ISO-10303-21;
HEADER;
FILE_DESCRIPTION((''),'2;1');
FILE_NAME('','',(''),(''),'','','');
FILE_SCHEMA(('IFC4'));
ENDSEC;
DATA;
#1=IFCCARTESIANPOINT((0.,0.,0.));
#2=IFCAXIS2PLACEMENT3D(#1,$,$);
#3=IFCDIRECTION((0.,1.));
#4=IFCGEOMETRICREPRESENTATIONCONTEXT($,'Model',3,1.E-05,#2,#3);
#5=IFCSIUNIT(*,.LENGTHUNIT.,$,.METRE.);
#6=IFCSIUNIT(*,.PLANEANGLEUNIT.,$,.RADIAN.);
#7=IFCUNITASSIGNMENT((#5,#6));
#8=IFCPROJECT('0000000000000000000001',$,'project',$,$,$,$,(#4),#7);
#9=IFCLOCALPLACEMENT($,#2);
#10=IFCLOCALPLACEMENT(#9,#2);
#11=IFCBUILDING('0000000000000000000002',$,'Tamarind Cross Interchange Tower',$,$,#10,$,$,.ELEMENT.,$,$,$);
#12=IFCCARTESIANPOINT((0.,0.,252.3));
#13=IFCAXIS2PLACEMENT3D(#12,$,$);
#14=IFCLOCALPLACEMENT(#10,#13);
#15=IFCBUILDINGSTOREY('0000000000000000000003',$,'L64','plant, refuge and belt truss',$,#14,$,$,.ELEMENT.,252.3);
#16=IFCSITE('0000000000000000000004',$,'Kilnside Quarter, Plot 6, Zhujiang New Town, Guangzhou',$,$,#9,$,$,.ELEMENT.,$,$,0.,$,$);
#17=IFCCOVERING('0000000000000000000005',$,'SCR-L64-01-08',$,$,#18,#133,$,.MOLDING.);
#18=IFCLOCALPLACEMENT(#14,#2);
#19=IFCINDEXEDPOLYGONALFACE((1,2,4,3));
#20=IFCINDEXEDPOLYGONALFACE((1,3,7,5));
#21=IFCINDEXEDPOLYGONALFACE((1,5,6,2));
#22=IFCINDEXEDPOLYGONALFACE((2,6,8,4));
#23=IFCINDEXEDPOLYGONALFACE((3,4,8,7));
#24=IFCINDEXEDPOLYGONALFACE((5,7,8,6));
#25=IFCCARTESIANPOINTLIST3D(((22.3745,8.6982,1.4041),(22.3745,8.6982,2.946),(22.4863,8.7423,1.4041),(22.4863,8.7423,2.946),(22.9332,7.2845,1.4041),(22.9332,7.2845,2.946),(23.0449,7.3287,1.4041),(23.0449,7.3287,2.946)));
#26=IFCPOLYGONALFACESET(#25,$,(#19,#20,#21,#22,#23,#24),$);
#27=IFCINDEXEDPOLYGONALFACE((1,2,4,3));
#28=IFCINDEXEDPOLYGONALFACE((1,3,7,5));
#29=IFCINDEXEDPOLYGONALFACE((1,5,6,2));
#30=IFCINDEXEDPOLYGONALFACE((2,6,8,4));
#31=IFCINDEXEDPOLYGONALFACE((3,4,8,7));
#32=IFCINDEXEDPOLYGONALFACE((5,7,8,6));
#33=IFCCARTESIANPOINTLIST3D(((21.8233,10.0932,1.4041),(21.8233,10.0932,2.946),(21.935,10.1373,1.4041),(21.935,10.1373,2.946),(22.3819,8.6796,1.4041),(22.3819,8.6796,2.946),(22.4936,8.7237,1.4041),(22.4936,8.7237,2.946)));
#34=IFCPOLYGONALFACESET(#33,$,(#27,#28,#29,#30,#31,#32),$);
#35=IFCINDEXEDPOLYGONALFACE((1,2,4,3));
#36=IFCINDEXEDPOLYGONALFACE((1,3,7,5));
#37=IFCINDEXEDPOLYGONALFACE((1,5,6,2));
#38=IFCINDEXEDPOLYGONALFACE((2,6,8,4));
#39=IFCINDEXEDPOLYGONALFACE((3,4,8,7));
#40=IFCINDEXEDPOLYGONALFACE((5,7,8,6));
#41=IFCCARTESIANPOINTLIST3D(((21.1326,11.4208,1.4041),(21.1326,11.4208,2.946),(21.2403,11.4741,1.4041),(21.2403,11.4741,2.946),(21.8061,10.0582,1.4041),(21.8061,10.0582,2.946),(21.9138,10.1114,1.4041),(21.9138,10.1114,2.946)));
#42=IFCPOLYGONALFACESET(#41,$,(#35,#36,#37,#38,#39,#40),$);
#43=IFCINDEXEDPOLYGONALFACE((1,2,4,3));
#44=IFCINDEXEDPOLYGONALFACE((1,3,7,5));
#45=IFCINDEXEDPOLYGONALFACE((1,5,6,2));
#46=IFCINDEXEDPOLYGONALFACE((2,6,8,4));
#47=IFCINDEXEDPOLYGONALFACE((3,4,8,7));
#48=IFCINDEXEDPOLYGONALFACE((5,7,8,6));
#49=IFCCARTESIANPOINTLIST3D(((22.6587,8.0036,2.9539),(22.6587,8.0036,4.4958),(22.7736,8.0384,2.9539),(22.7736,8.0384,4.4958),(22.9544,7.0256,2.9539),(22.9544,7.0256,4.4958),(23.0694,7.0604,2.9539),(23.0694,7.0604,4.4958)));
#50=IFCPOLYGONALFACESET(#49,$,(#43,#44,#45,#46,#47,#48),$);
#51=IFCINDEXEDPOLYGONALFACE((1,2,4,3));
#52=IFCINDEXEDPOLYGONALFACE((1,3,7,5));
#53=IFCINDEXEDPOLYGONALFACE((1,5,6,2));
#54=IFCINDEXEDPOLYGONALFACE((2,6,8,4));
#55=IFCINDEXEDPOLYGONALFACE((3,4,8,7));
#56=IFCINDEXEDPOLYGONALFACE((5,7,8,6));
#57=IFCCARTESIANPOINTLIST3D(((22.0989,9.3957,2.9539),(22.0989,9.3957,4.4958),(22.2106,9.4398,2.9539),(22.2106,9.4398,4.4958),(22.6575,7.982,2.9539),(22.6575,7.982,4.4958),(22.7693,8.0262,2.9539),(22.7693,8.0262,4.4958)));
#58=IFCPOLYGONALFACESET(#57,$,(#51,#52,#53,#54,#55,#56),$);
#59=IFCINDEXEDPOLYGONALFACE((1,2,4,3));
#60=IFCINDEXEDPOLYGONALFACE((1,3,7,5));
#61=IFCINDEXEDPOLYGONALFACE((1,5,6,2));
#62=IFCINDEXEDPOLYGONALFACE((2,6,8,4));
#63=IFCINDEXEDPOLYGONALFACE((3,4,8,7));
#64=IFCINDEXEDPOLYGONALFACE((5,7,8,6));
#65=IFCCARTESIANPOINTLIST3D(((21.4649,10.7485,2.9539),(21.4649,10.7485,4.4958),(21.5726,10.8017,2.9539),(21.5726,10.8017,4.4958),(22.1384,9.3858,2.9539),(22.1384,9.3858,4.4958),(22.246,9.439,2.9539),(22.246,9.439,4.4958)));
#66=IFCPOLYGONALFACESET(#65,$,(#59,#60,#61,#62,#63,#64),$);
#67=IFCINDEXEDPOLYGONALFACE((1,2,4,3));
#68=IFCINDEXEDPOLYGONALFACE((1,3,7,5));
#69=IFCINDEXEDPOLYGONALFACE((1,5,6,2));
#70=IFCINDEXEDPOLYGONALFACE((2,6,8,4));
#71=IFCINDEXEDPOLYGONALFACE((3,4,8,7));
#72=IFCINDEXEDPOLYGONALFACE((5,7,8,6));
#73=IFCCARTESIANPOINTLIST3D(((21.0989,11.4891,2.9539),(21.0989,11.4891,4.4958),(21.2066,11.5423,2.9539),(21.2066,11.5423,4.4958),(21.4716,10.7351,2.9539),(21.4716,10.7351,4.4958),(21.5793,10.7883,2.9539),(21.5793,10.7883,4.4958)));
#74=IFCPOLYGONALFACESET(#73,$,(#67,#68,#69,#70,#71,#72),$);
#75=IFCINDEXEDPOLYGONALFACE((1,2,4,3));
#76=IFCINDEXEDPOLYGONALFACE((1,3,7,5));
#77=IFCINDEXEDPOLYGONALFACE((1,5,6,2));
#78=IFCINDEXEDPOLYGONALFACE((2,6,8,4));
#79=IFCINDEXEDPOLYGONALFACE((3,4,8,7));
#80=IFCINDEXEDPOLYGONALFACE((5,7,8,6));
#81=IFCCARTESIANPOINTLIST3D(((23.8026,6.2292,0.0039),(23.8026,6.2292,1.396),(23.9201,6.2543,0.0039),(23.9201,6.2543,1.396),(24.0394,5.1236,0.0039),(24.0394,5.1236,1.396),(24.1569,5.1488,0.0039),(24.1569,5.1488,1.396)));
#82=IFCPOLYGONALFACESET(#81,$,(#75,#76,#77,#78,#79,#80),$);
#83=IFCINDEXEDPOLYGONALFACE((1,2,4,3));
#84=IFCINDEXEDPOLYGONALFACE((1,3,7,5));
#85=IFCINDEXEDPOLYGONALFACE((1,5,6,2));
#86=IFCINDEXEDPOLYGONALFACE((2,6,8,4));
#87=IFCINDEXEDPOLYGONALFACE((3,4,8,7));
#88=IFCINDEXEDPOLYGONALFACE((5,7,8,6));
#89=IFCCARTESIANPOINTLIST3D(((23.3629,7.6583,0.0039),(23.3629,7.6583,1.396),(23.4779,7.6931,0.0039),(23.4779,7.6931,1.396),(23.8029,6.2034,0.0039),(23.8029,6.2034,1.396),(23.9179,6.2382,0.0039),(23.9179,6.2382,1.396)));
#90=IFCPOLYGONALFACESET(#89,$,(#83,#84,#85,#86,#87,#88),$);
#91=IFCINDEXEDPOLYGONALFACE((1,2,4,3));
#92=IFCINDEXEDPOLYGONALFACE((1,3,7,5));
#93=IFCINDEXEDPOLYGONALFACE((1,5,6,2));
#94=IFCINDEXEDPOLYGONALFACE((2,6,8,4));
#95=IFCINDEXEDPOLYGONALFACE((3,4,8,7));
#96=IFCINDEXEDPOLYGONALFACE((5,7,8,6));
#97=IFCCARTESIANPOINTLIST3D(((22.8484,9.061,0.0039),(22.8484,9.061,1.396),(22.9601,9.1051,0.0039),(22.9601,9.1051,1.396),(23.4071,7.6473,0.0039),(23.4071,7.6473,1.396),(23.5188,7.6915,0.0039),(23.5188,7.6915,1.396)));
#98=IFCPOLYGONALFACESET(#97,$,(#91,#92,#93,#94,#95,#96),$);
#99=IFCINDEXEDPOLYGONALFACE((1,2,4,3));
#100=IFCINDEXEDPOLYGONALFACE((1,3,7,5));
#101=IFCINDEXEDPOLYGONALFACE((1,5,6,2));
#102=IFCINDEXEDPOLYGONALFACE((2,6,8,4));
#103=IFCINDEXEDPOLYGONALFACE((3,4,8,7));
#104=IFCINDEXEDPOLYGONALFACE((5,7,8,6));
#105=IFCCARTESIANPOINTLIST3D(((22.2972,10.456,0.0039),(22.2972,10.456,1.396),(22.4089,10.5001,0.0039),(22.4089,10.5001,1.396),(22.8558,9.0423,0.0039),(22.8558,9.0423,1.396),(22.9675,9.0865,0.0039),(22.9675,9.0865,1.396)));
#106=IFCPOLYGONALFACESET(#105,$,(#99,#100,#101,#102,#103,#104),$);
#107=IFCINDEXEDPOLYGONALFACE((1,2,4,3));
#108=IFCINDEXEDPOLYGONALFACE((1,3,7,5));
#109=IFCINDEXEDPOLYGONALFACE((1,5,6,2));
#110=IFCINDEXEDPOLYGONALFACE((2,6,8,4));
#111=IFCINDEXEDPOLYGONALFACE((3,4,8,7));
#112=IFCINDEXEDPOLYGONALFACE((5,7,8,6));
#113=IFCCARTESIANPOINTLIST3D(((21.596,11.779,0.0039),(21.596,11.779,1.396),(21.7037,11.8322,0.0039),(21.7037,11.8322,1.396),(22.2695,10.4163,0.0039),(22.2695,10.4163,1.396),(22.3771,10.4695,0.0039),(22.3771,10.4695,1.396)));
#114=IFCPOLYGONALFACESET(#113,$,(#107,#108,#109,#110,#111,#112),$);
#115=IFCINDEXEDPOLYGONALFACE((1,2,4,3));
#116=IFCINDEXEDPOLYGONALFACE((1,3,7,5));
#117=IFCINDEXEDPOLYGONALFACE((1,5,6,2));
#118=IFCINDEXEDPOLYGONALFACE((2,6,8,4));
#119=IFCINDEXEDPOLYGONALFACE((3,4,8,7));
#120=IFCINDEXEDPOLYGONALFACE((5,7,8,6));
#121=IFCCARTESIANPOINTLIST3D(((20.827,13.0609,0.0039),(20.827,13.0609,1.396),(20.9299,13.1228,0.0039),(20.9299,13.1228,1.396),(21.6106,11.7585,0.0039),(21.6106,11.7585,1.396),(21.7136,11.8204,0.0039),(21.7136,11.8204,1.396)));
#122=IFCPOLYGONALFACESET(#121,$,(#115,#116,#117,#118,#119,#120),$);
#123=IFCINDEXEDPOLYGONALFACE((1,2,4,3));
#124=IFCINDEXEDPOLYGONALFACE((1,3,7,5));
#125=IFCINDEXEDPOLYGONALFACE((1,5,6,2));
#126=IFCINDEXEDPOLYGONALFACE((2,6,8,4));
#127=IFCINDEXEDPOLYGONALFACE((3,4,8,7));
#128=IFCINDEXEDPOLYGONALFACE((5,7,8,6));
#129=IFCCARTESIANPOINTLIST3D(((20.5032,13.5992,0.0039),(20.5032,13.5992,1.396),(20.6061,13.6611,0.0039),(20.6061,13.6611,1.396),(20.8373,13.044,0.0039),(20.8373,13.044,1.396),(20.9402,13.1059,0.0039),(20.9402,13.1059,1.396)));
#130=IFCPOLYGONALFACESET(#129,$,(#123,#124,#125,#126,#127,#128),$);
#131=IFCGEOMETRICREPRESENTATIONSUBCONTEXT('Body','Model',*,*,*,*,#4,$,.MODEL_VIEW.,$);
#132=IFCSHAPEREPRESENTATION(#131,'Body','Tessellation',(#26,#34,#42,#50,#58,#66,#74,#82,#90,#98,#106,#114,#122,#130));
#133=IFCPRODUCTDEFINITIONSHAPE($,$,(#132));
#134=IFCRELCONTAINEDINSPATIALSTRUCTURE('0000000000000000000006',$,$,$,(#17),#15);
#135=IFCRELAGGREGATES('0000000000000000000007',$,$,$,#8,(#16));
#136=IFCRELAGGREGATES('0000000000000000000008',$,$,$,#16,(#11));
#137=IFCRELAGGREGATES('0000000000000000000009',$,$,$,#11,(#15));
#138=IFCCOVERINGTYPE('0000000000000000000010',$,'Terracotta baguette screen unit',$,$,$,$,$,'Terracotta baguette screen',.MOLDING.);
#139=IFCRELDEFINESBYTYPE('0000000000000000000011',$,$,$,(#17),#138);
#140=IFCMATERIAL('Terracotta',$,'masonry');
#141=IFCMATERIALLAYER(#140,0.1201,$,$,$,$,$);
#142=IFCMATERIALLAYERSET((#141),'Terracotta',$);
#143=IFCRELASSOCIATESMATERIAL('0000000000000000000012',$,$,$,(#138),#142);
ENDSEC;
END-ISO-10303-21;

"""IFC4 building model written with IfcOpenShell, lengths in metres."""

from ifc_helpers import new_model, si_unit, direction, frame, origin, origin_2d, place, context, subcontext, project, spatial, rectangle, extrude, material, layer, layer_set, type_object, element, save


model = new_model("IFC4")

# Units and contexts
model_context = context("Model", 3, precision=1e-05, world=origin(), true_north=direction((0.0, 1.0)))
body_context = subcontext(model_context, "Body", "Model", "MODEL_VIEW")
ifc_project = project(units=[si_unit("LENGTHUNIT", "METRE"), si_unit("PLANEANGLEUNIT", "RADIAN")], contexts=[model_context])

# Site, building, storey
site_placement = place(None, origin())
site = spatial("IfcSite", under=ifc_project, at=site_placement, Name="Kilnside Quarter, Plot 6, Zhujiang New Town, Guangzhou", CompositionType="ELEMENT", RefElevation=0.0)
building_placement = place(site_placement, origin())
building = spatial("IfcBuilding", under=site, at=building_placement, Name="Tamarind Cross Interchange Tower", CompositionType="ELEMENT")
storey_placement = place(building_placement, frame((0.0, 0.0, 252.3)))
storey = spatial("IfcBuildingStorey", under=building, at=storey_placement, Name="L64", Description="plant, refuge and belt truss", CompositionType="ELEMENT", Elevation=252.3)

# Covering
ifc_material_1 = material(Name="Terracotta", Category="masonry")
ifc_layer_1 = layer(ifc_material_1, 0.1201)
ifc_layer_set_1 = layer_set([ifc_layer_1], Name="Terracotta")
covering_type = type_object("IfcCoveringType", Name="Terracotta baguette screen unit", ElementType="Terracotta baguette screen", PredefinedType="MOLDING", material=ifc_layer_set_1)
covering_1_placement = place(storey_placement, origin())
element("IfcCovering", 1, at=covering_1_placement, inside=storey, type_object=covering_type, Name="SCR-L64-01-08", PredefinedType="MOLDING", context=body_context, shape_type="SweptSolid", body=[
    extrude(rectangle(XDim=1.52, YDim=0.1201, at=origin_2d()), frame((22.7097, 8.0134, 1.4041), z_axis=(0.0, 0.0, 1.0), x_axis=(-0.367514, 0.930018, 0.0)), (0.0, 0.0, 1.0), 1.542),
    extrude(rectangle(XDim=1.52, YDim=0.1201, at=origin_2d()), frame((22.1584, 9.4084, 1.4041), z_axis=(0.0, 0.0, 1.0), x_axis=(-0.367514, 0.930018, 0.0)), (0.0, 0.0, 1.0), 1.542),
    extrude(rectangle(XDim=1.52, YDim=0.1201, at=origin_2d()), frame((21.5232, 10.7661, 1.4041), z_axis=(0.0, 0.0, 1.0), x_axis=(-0.443059, 0.896493, 0.0)), (0.0, 0.0, 1.0), 1.542),
    extrude(rectangle(XDim=1.0217, YDim=0.1201, at=origin_2d()), frame((22.864, 7.532, 2.9539), z_axis=(0.0, 0.0, 1.0), x_axis=(-0.289458, 0.957191, 0.0)), (0.0, 0.0, 1.0), 1.542),
    extrude(rectangle(XDim=1.52, YDim=0.1201, at=origin_2d()), frame((22.4341, 8.7109, 2.9539), z_axis=(0.0, 0.0, 1.0), x_axis=(-0.367514, 0.930018, 0.0)), (0.0, 0.0, 1.0), 1.542),
    extrude(rectangle(XDim=1.52, YDim=0.1201, at=origin_2d()), frame((21.8555, 10.0938, 2.9539), z_axis=(0.0, 0.0, 1.0), x_axis=(-0.443059, 0.896493, 0.0)), (0.0, 0.0, 1.0), 1.542),
    extrude(rectangle(XDim=0.8411, YDim=0.1201, at=origin_2d()), frame((21.3391, 11.1387, 2.9539), z_axis=(0.0, 0.0, 1.0), x_axis=(-0.443059, 0.896493, 0.0)), (0.0, 0.0, 1.0), 1.542),
    extrude(rectangle(XDim=1.1306, YDim=0.1201, at=origin_2d()), frame((23.9797, 5.689, 0.0039), z_axis=(0.0, 0.0, 1.0), x_axis=(-0.209425, 0.977825, 0.0)), (0.0, 0.0, 1.0), 1.3921),
    extrude(rectangle(XDim=1.52, YDim=0.1201, at=origin_2d()), frame((23.6404, 6.9482, 0.0039), z_axis=(0.0, 0.0, 1.0), x_axis=(-0.289458, 0.957191, 0.0)), (0.0, 0.0, 1.0), 1.3921),
    extrude(rectangle(XDim=1.52, YDim=0.1201, at=origin_2d()), frame((23.1836, 8.3762, 0.0039), z_axis=(0.0, 0.0, 1.0), x_axis=(-0.367514, 0.930018, 0.0)), (0.0, 0.0, 1.0), 1.3921),
    extrude(rectangle(XDim=1.52, YDim=0.1201, at=origin_2d()), frame((22.6323, 9.7712, 0.0039), z_axis=(0.0, 0.0, 1.0), x_axis=(-0.367514, 0.930018, 0.0)), (0.0, 0.0, 1.0), 1.3921),
    extrude(rectangle(XDim=1.52, YDim=0.1201, at=origin_2d()), frame((21.9866, 11.1243, 0.0039), z_axis=(0.0, 0.0, 1.0), x_axis=(-0.443059, 0.896493, 0.0)), (0.0, 0.0, 1.0), 1.3921),
    extrude(rectangle(XDim=1.52, YDim=0.1201, at=origin_2d()), frame((21.2703, 12.4407, 0.0039), z_axis=(0.0, 0.0, 1.0), x_axis=(-0.515577, 0.856843, 0.0)), (0.0, 0.0, 1.0), 1.3921),
    extrude(rectangle(XDim=0.6479, YDim=0.1201, at=origin_2d()), frame((20.7217, 13.3525, 0.0039), z_axis=(0.0, 0.0, 1.0), x_axis=(-0.515577, 0.856843, 0.0)), (0.0, 0.0, 1.0), 1.3921),
])

save(model, "model.ifc")
